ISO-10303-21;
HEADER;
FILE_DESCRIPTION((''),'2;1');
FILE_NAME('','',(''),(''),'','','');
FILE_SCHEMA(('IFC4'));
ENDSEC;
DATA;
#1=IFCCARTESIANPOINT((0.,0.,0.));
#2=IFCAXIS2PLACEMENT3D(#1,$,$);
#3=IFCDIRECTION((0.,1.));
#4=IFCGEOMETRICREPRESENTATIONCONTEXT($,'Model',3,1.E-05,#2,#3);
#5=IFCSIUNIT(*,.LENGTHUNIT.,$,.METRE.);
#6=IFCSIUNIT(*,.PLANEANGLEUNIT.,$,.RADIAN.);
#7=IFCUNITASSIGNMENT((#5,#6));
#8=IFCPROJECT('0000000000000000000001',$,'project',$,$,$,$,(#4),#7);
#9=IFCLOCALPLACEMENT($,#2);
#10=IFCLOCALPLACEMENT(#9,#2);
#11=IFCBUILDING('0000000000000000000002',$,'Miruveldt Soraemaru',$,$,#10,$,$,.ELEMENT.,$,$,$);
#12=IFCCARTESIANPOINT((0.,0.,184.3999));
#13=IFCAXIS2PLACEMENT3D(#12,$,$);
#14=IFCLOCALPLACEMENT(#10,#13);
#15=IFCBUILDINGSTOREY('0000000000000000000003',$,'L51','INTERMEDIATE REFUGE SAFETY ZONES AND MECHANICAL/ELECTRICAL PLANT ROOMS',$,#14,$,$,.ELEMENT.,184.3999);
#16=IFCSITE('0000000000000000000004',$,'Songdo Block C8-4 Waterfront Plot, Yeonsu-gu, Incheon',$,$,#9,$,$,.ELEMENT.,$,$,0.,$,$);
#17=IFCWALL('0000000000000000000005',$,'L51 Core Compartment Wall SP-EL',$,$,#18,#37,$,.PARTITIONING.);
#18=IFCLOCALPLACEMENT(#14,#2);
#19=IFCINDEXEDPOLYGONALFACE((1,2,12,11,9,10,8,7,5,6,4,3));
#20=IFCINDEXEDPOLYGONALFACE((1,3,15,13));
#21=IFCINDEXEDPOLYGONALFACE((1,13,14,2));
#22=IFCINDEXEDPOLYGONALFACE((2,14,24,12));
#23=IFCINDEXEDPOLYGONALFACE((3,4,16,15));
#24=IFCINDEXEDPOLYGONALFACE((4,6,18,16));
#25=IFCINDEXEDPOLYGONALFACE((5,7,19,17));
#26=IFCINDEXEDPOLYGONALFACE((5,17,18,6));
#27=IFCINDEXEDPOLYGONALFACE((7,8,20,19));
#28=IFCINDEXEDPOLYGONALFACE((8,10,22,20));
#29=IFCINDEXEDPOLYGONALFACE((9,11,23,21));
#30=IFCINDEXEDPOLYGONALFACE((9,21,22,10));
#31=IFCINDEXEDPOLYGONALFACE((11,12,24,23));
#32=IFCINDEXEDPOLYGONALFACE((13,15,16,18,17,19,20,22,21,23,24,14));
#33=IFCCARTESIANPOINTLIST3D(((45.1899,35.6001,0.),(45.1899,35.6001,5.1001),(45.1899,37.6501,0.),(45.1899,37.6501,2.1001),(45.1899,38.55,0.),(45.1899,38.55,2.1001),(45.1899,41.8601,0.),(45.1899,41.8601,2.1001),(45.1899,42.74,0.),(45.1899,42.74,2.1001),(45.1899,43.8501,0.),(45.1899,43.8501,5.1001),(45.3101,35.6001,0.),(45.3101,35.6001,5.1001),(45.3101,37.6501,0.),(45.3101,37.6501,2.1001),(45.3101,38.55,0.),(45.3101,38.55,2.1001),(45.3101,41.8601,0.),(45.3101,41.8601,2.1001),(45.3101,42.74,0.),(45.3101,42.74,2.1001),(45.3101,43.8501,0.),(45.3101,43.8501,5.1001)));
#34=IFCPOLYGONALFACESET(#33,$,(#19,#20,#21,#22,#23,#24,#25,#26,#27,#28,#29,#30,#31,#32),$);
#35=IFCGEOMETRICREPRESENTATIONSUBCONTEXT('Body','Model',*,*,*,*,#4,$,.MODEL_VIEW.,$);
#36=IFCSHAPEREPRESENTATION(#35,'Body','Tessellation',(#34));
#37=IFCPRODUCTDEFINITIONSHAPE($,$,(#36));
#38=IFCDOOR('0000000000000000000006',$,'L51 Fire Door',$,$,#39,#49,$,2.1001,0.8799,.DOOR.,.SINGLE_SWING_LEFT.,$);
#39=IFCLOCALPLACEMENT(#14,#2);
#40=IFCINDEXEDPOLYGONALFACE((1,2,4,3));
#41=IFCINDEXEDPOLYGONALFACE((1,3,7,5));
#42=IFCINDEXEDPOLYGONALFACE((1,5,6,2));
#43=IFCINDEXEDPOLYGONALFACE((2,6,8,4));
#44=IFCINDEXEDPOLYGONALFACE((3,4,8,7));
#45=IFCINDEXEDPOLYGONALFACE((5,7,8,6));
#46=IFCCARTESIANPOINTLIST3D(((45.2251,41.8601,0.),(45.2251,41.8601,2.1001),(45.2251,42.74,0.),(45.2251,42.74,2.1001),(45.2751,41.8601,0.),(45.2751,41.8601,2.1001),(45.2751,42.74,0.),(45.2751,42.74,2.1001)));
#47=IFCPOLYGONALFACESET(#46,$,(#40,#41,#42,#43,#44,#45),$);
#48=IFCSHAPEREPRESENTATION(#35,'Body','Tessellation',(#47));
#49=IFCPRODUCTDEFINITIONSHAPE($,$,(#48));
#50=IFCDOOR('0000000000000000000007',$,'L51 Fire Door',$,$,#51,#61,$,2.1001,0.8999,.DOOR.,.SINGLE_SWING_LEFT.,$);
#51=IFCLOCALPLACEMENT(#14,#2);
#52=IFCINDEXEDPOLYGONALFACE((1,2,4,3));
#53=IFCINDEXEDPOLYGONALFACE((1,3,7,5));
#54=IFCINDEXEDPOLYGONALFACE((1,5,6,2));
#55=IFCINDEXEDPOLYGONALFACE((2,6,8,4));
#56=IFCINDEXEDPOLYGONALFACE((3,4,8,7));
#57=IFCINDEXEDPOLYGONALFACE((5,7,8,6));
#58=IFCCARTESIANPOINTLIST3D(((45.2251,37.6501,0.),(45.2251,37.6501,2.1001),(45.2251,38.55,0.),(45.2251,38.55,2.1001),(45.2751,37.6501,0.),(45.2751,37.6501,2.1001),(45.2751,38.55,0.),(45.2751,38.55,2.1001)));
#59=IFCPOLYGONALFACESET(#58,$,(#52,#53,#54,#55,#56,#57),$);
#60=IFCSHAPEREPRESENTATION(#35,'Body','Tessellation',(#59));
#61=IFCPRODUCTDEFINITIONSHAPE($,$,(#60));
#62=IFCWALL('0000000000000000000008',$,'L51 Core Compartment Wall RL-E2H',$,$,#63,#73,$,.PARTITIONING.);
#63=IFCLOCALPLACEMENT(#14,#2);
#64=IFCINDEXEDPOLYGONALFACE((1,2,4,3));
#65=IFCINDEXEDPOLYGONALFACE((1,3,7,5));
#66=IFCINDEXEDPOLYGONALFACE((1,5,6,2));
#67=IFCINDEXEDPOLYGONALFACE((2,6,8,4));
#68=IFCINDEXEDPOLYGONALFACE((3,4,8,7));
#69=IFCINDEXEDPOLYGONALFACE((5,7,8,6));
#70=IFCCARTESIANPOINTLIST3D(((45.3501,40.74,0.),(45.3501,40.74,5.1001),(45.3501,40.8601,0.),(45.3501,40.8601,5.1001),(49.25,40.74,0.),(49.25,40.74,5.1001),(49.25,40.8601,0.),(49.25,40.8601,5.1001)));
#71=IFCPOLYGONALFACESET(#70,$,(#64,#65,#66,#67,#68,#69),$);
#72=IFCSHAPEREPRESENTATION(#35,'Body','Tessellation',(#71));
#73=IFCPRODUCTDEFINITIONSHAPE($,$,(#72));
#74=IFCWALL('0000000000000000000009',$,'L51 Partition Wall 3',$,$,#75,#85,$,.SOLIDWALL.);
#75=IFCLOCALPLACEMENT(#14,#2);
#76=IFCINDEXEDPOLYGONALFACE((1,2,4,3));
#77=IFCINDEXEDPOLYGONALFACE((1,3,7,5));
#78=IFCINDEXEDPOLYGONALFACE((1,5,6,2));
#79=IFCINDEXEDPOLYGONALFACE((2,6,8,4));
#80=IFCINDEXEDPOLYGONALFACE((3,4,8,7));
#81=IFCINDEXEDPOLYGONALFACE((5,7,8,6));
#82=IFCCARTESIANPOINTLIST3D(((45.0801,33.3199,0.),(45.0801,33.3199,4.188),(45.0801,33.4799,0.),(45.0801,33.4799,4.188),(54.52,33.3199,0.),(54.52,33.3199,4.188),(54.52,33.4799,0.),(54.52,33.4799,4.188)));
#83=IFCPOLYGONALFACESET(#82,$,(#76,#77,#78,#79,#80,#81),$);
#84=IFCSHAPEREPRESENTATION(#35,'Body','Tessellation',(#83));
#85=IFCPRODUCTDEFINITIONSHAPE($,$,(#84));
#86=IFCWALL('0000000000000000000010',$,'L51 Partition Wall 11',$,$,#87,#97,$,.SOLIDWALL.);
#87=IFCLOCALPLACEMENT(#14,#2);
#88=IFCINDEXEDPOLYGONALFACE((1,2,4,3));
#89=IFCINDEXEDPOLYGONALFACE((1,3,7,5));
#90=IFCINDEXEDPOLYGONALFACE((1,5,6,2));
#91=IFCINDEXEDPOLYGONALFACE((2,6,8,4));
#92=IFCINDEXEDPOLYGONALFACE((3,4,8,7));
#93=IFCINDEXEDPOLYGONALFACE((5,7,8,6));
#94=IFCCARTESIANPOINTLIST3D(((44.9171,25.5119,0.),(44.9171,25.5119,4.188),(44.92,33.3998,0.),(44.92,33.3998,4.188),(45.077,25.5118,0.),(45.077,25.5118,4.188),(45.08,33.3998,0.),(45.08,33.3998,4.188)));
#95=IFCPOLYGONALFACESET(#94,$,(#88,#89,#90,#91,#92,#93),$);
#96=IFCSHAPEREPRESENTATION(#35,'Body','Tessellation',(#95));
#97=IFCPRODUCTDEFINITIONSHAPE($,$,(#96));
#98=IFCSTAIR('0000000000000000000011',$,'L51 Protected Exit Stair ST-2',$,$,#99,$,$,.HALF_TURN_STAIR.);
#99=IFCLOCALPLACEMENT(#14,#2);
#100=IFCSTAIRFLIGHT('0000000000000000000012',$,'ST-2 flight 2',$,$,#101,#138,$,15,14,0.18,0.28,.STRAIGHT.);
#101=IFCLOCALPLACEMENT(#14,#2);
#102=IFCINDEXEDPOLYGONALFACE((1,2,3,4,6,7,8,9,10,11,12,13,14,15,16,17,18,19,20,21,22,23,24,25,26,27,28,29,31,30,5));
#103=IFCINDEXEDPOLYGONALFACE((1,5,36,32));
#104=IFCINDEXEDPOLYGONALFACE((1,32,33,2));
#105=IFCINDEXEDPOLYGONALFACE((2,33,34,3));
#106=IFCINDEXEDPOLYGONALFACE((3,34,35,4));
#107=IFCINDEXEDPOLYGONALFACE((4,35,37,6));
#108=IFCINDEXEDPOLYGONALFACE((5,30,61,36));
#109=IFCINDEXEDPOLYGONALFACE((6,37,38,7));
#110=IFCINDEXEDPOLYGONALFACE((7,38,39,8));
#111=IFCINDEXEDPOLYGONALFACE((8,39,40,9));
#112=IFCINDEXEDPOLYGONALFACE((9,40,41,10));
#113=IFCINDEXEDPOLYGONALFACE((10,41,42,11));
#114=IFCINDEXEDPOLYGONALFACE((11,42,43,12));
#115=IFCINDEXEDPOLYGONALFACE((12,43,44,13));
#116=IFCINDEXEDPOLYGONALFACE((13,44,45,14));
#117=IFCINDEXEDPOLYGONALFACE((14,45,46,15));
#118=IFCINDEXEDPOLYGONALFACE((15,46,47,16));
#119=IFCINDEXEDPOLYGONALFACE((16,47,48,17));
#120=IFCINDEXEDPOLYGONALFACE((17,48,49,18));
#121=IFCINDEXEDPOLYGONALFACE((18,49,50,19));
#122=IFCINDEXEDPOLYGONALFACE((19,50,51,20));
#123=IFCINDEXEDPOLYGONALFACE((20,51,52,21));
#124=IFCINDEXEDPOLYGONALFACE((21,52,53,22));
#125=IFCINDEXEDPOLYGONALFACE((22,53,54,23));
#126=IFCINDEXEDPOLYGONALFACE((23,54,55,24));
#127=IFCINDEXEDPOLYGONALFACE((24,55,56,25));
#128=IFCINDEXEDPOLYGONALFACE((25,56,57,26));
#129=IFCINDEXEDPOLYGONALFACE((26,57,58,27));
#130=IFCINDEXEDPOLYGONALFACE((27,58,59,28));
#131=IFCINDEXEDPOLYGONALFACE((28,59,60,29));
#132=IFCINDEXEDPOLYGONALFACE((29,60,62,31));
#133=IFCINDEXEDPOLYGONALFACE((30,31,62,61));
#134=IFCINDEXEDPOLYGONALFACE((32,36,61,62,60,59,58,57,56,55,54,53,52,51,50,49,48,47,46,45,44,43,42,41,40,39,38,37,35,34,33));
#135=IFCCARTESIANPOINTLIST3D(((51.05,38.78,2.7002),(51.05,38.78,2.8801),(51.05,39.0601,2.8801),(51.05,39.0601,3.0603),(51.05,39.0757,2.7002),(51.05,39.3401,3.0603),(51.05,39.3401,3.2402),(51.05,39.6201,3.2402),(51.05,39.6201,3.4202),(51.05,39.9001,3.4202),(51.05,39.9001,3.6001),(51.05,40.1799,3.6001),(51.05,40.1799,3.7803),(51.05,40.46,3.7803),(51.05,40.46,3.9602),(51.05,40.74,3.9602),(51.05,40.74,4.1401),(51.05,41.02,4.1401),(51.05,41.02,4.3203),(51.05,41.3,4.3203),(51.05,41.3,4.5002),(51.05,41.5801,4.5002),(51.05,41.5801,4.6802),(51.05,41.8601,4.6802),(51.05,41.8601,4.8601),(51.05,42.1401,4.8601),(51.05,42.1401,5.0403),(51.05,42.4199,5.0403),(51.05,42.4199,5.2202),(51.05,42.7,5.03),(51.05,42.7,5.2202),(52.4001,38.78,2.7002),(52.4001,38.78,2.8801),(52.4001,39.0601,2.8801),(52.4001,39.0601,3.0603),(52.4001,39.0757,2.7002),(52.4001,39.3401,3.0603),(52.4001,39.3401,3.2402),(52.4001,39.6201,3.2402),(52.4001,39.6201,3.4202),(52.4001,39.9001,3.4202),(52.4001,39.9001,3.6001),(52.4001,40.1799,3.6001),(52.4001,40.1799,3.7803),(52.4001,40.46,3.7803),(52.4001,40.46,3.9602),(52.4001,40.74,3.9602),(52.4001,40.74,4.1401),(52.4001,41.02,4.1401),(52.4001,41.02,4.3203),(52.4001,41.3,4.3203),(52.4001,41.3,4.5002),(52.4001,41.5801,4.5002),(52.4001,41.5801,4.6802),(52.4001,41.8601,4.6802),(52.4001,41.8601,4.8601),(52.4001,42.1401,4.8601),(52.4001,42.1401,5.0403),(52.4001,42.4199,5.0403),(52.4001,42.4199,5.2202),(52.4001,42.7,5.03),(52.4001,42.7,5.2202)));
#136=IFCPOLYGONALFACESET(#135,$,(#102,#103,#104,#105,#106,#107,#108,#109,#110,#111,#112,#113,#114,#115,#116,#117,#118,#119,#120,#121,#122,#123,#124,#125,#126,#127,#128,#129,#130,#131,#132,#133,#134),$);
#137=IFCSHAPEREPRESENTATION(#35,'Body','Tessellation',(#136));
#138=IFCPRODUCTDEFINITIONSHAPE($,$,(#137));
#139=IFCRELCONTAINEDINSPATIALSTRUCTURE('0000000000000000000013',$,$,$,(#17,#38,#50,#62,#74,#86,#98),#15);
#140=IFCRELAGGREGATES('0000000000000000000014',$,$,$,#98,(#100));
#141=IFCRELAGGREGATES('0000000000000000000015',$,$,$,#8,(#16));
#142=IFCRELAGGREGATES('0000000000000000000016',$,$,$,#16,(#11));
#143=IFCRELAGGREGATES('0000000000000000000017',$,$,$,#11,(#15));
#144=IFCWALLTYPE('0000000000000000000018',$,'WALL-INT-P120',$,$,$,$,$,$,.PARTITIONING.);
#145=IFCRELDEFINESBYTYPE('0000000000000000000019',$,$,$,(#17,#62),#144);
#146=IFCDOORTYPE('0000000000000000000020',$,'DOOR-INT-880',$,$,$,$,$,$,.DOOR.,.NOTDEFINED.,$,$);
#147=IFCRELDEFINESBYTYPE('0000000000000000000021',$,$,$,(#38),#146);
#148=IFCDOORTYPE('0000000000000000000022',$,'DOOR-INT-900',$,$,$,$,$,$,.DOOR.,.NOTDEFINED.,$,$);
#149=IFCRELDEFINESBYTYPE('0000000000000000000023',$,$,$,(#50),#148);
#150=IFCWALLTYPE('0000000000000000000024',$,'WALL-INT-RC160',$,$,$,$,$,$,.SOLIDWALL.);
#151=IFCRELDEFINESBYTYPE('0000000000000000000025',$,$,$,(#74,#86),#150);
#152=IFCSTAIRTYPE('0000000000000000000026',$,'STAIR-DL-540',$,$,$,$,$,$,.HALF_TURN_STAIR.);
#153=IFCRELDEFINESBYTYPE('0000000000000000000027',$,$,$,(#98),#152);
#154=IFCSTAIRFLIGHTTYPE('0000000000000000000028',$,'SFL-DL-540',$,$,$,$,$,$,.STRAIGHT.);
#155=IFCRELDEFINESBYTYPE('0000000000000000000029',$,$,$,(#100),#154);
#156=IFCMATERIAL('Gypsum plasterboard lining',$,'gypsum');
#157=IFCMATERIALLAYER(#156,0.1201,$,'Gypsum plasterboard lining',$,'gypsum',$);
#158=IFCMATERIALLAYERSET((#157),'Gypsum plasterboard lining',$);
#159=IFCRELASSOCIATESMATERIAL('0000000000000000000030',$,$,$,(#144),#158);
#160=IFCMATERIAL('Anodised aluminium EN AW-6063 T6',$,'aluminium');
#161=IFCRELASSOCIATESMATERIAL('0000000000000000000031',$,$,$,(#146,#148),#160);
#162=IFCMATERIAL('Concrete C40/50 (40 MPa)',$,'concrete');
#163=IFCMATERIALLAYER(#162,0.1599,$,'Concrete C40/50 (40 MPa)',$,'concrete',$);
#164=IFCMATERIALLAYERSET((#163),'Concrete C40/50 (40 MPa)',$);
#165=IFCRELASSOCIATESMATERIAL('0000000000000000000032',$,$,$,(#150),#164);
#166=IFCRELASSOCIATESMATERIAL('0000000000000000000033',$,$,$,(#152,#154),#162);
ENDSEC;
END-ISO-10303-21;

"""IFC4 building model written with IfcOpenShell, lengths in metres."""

from ifc_helpers import new_model, si_unit, direction, frame, frame_2d, origin, place, context, subcontext, project, spatial, polyline, rectangle, outline, extrude, material, layer, layer_set, type_object, element, fill, aggregate, save


model = new_model("IFC4")

# Units and contexts
model_context = context("Model", 3, precision=1e-05, world=origin(), true_north=direction((0.0, 1.0)))
body_context = subcontext(model_context, "Body", "Model", "MODEL_VIEW")
ifc_project = project(units=[si_unit("LENGTHUNIT", "METRE"), si_unit("PLANEANGLEUNIT", "RADIAN")], contexts=[model_context])

# Site, building, storey
site_placement = place(None, origin())
site = spatial("IfcSite", under=ifc_project, at=site_placement, Name="Songdo Block C8-4 Waterfront Plot, Yeonsu-gu, Incheon", CompositionType="ELEMENT", RefElevation=0.0)
building_placement = place(site_placement, origin())
building = spatial("IfcBuilding", under=site, at=building_placement, Name="Miruveldt Soraemaru", CompositionType="ELEMENT")
storey_placement = place(building_placement, frame((0.0, 0.0, 184.3999)))
storey = spatial("IfcBuildingStorey", under=building, at=storey_placement, Name="L51", Description="INTERMEDIATE REFUGE SAFETY ZONES AND MECHANICAL/ELECTRICAL PLANT ROOMS", CompositionType="ELEMENT", Elevation=184.3999)

# Wall, openings, doors
ifc_material_1 = material(Name="Gypsum plasterboard lining", Category="gypsum")
ifc_layer_1 = layer(ifc_material_1, 0.1201, Name="Gypsum plasterboard lining", Category="gypsum")
ifc_layer_set_1 = layer_set([ifc_layer_1], Name="Gypsum plasterboard lining")
wall_type_1 = type_object("IfcWallType", Name="WALL-INT-P120", PredefinedType="PARTITIONING", material=ifc_layer_set_1)
ifc_material_2 = material(Name="Anodised aluminium EN AW-6063 T6", Category="aluminium")
door_type_1 = type_object("IfcDoorType", Name="DOOR-INT-880", OperationType="NOTDEFINED", PredefinedType="DOOR", material=ifc_material_2)
door_type_2 = type_object("IfcDoorType", Name="DOOR-INT-900", OperationType="NOTDEFINED", PredefinedType="DOOR", material=ifc_material_2)
wall_1_placement = place(storey_placement, frame((45.25, 35.6001, 0.0), z_axis=(0.0, 0.0, 1.0), x_axis=(0.0, 1.0, 0.0)))
wall_1 = element("IfcWall", 1, at=wall_1_placement, inside=storey, type_object=wall_type_1, Name="L51 Core Compartment Wall SP-EL", PredefinedType="PARTITIONING", context=body_context, shape_type="SweptSolid", body=[
    extrude(rectangle(XDim=8.25, YDim=0.1201, at=frame_2d((4.125, 0.0))), origin(), (0.0, 0.0, 1.0), 5.1001),
])
opening_1_placement = place(wall_1_placement, frame((2.05, 0.0, 0.0)))
opening_1 = element("IfcOpeningElement", 2, at=opening_1_placement, cuts=wall_1, PredefinedType="OPENING", context=body_context, shape_type="SweptSolid", body=[
    extrude(rectangle(XDim=0.8999, YDim=2.1001, at=frame_2d((0.45, 1.05))), frame((0.0, 0.0701, 0.0), z_axis=(0.0, -1.0, 0.0), x_axis=(1.0, 0.0, 0.0)), (0.0, 0.0, 1.0), 0.1401),
])
opening_2_placement = place(wall_1_placement, frame((6.26, 0.0, 0.0)))
opening_2 = element("IfcOpeningElement", 3, at=opening_2_placement, cuts=wall_1, PredefinedType="OPENING", context=body_context, shape_type="SweptSolid", body=[
    extrude(rectangle(XDim=0.8799, YDim=2.1001, at=frame_2d((0.4399, 1.05))), frame((0.0, 0.0701, 0.0), z_axis=(0.0, -1.0, 0.0), x_axis=(1.0, 0.0, 0.0)), (0.0, 0.0, 1.0), 0.1401),
])
door_1_placement = place(opening_2_placement, origin())
door_1 = element("IfcDoor", 4, at=door_1_placement, inside=storey, type_object=door_type_1, Name="L51 Fire Door", OperationType="SINGLE_SWING_LEFT", OverallHeight=2.1001, OverallWidth=0.8799, PredefinedType="DOOR", context=body_context, shape_type="SweptSolid", body=[
    extrude(rectangle(XDim=0.8799, YDim=2.1001, at=frame_2d((0.4399, 1.05))), frame((0.0, 0.0249, 0.0), z_axis=(0.0, -1.0, 0.0), x_axis=(1.0, 0.0, 0.0)), (0.0, 0.0, 1.0), 0.05),
])
fill(opening_2, door_1)
door_2_placement = place(opening_1_placement, origin())
door_2 = element("IfcDoor", 5, at=door_2_placement, inside=storey, type_object=door_type_2, Name="L51 Fire Door", OperationType="SINGLE_SWING_LEFT", OverallHeight=2.1001, OverallWidth=0.8999, PredefinedType="DOOR", context=body_context, shape_type="SweptSolid", body=[
    extrude(rectangle(XDim=0.8999, YDim=2.1001, at=frame_2d((0.45, 1.05))), frame((0.0, 0.0249, 0.0), z_axis=(0.0, -1.0, 0.0), x_axis=(1.0, 0.0, 0.0)), (0.0, 0.0, 1.0), 0.05),
])
fill(opening_1, door_2)

# Walls
wall_2_placement = place(storey_placement, frame((45.3501, 40.8, 0.0), z_axis=(0.0, 0.0, 1.0), x_axis=(1.0, 0.0, 0.0)))
element("IfcWall", 6, at=wall_2_placement, inside=storey, type_object=wall_type_1, Name="L51 Core Compartment Wall RL-E2H", PredefinedType="PARTITIONING", context=body_context, shape_type="SweptSolid", body=[
    extrude(rectangle(XDim=3.8999, YDim=0.1201, at=frame_2d((1.95, 0.0))), origin(), (0.0, 0.0, 1.0), 5.1001),
])
ifc_material_3 = material(Name="Concrete C40/50 (40 MPa)", Category="concrete")
ifc_layer_2 = layer(ifc_material_3, 0.1599, Name="Concrete C40/50 (40 MPa)", Category="concrete")
ifc_layer_set_2 = layer_set([ifc_layer_2], Name="Concrete C40/50 (40 MPa)")
wall_type_2 = type_object("IfcWallType", Name="WALL-INT-RC160", PredefinedType="SOLIDWALL", material=ifc_layer_set_2)
wall_3_placement = place(storey_placement, frame((45.0801, 33.3999, 0.0), z_axis=(0.0, 0.0, 1.0), x_axis=(1.0, 0.0, 0.0)))
element("IfcWall", 7, at=wall_3_placement, inside=storey, type_object=wall_type_2, Name="L51 Partition Wall 3", PredefinedType="SOLIDWALL", context=body_context, shape_type="SweptSolid", body=[
    extrude(rectangle(XDim=9.4399, YDim=0.1599, at=frame_2d((4.72, 0.0))), origin(), (0.0, 0.0, 1.0), 4.188),
])
wall_4_placement = place(storey_placement, frame((44.9971, 25.512, 0.0), z_axis=(0.0, 0.0, 1.0), x_axis=(0.000371, 1.0, 0.0)))
element("IfcWall", 8, at=wall_4_placement, inside=storey, type_object=wall_type_2, Name="L51 Partition Wall 11", PredefinedType="SOLIDWALL", context=body_context, shape_type="SweptSolid", body=[
    extrude(rectangle(XDim=7.8879, YDim=0.1599, at=frame_2d((3.9438, 0.0))), origin(), (0.0, 0.0, 1.0), 4.188),
])

# Stair, stair flight
stair_type = type_object("IfcStairType", Name="STAIR-DL-540", PredefinedType="HALF_TURN_STAIR", material=ifc_material_3)
stair_placement = place(storey_placement, origin())
stair = element("IfcStair", 9, at=stair_placement, inside=storey, type_object=stair_type, Name="L51 Protected Exit Stair ST-2", PredefinedType="HALF_TURN_STAIR")
stair_flight_type = type_object("IfcStairFlightType", Name="SFL-DL-540", PredefinedType="STRAIGHT", material=ifc_material_3)
stair_flight_placement = place(storey_placement, frame((51.7251, 38.78, 2.7002), z_axis=(0.0, 0.0, 1.0), x_axis=(0.0, 1.0, 0.0)))
stair_flight = element("IfcStairFlight", 10, at=stair_flight_placement, type_object=stair_flight_type, Name="ST-2 flight 2", NumberOfRisers=15, NumberOfTreads=14, PredefinedType="STRAIGHT", RiserHeight=0.18, TreadLength=0.28, context=body_context, shape_type="SweptSolid", body=[
    extrude(outline(polyline([(0.0, 0.0), (0.0, 0.1799), (0.28, 0.1799), (0.28, 0.3601), (0.5601, 0.3601), (0.5601, 0.54), (0.8401, 0.54), (0.8401, 0.72), (1.1201, 0.72), (1.1201, 0.8999), (1.3999, 0.8999), (1.3999, 1.0801), (1.6799, 1.0801), (1.6799, 1.26), (1.96, 1.26), (1.96, 1.4399), (2.24, 1.4399), (2.24, 1.6201), (2.52, 1.6201), (2.52, 1.8), (2.8, 1.8), (2.8, 1.98), (3.0801, 1.98), (3.0801, 2.1599), (3.3601, 2.1599), (3.3601, 2.3401), (3.6399, 2.3401), (3.6399, 2.52), (3.9199, 2.52), (3.9199, 2.7), (3.9199, 2.3298), (0.2957, 0.0), (0.0, 0.0)])), frame((0.0, 0.675, 0.0), z_axis=(0.0, -1.0, 0.0), x_axis=(1.0, 0.0, 0.0)), (0.0, 0.0, 1.0), 1.3501),
])
aggregate(stair, [stair_flight])

save(model, "model.ifc")
